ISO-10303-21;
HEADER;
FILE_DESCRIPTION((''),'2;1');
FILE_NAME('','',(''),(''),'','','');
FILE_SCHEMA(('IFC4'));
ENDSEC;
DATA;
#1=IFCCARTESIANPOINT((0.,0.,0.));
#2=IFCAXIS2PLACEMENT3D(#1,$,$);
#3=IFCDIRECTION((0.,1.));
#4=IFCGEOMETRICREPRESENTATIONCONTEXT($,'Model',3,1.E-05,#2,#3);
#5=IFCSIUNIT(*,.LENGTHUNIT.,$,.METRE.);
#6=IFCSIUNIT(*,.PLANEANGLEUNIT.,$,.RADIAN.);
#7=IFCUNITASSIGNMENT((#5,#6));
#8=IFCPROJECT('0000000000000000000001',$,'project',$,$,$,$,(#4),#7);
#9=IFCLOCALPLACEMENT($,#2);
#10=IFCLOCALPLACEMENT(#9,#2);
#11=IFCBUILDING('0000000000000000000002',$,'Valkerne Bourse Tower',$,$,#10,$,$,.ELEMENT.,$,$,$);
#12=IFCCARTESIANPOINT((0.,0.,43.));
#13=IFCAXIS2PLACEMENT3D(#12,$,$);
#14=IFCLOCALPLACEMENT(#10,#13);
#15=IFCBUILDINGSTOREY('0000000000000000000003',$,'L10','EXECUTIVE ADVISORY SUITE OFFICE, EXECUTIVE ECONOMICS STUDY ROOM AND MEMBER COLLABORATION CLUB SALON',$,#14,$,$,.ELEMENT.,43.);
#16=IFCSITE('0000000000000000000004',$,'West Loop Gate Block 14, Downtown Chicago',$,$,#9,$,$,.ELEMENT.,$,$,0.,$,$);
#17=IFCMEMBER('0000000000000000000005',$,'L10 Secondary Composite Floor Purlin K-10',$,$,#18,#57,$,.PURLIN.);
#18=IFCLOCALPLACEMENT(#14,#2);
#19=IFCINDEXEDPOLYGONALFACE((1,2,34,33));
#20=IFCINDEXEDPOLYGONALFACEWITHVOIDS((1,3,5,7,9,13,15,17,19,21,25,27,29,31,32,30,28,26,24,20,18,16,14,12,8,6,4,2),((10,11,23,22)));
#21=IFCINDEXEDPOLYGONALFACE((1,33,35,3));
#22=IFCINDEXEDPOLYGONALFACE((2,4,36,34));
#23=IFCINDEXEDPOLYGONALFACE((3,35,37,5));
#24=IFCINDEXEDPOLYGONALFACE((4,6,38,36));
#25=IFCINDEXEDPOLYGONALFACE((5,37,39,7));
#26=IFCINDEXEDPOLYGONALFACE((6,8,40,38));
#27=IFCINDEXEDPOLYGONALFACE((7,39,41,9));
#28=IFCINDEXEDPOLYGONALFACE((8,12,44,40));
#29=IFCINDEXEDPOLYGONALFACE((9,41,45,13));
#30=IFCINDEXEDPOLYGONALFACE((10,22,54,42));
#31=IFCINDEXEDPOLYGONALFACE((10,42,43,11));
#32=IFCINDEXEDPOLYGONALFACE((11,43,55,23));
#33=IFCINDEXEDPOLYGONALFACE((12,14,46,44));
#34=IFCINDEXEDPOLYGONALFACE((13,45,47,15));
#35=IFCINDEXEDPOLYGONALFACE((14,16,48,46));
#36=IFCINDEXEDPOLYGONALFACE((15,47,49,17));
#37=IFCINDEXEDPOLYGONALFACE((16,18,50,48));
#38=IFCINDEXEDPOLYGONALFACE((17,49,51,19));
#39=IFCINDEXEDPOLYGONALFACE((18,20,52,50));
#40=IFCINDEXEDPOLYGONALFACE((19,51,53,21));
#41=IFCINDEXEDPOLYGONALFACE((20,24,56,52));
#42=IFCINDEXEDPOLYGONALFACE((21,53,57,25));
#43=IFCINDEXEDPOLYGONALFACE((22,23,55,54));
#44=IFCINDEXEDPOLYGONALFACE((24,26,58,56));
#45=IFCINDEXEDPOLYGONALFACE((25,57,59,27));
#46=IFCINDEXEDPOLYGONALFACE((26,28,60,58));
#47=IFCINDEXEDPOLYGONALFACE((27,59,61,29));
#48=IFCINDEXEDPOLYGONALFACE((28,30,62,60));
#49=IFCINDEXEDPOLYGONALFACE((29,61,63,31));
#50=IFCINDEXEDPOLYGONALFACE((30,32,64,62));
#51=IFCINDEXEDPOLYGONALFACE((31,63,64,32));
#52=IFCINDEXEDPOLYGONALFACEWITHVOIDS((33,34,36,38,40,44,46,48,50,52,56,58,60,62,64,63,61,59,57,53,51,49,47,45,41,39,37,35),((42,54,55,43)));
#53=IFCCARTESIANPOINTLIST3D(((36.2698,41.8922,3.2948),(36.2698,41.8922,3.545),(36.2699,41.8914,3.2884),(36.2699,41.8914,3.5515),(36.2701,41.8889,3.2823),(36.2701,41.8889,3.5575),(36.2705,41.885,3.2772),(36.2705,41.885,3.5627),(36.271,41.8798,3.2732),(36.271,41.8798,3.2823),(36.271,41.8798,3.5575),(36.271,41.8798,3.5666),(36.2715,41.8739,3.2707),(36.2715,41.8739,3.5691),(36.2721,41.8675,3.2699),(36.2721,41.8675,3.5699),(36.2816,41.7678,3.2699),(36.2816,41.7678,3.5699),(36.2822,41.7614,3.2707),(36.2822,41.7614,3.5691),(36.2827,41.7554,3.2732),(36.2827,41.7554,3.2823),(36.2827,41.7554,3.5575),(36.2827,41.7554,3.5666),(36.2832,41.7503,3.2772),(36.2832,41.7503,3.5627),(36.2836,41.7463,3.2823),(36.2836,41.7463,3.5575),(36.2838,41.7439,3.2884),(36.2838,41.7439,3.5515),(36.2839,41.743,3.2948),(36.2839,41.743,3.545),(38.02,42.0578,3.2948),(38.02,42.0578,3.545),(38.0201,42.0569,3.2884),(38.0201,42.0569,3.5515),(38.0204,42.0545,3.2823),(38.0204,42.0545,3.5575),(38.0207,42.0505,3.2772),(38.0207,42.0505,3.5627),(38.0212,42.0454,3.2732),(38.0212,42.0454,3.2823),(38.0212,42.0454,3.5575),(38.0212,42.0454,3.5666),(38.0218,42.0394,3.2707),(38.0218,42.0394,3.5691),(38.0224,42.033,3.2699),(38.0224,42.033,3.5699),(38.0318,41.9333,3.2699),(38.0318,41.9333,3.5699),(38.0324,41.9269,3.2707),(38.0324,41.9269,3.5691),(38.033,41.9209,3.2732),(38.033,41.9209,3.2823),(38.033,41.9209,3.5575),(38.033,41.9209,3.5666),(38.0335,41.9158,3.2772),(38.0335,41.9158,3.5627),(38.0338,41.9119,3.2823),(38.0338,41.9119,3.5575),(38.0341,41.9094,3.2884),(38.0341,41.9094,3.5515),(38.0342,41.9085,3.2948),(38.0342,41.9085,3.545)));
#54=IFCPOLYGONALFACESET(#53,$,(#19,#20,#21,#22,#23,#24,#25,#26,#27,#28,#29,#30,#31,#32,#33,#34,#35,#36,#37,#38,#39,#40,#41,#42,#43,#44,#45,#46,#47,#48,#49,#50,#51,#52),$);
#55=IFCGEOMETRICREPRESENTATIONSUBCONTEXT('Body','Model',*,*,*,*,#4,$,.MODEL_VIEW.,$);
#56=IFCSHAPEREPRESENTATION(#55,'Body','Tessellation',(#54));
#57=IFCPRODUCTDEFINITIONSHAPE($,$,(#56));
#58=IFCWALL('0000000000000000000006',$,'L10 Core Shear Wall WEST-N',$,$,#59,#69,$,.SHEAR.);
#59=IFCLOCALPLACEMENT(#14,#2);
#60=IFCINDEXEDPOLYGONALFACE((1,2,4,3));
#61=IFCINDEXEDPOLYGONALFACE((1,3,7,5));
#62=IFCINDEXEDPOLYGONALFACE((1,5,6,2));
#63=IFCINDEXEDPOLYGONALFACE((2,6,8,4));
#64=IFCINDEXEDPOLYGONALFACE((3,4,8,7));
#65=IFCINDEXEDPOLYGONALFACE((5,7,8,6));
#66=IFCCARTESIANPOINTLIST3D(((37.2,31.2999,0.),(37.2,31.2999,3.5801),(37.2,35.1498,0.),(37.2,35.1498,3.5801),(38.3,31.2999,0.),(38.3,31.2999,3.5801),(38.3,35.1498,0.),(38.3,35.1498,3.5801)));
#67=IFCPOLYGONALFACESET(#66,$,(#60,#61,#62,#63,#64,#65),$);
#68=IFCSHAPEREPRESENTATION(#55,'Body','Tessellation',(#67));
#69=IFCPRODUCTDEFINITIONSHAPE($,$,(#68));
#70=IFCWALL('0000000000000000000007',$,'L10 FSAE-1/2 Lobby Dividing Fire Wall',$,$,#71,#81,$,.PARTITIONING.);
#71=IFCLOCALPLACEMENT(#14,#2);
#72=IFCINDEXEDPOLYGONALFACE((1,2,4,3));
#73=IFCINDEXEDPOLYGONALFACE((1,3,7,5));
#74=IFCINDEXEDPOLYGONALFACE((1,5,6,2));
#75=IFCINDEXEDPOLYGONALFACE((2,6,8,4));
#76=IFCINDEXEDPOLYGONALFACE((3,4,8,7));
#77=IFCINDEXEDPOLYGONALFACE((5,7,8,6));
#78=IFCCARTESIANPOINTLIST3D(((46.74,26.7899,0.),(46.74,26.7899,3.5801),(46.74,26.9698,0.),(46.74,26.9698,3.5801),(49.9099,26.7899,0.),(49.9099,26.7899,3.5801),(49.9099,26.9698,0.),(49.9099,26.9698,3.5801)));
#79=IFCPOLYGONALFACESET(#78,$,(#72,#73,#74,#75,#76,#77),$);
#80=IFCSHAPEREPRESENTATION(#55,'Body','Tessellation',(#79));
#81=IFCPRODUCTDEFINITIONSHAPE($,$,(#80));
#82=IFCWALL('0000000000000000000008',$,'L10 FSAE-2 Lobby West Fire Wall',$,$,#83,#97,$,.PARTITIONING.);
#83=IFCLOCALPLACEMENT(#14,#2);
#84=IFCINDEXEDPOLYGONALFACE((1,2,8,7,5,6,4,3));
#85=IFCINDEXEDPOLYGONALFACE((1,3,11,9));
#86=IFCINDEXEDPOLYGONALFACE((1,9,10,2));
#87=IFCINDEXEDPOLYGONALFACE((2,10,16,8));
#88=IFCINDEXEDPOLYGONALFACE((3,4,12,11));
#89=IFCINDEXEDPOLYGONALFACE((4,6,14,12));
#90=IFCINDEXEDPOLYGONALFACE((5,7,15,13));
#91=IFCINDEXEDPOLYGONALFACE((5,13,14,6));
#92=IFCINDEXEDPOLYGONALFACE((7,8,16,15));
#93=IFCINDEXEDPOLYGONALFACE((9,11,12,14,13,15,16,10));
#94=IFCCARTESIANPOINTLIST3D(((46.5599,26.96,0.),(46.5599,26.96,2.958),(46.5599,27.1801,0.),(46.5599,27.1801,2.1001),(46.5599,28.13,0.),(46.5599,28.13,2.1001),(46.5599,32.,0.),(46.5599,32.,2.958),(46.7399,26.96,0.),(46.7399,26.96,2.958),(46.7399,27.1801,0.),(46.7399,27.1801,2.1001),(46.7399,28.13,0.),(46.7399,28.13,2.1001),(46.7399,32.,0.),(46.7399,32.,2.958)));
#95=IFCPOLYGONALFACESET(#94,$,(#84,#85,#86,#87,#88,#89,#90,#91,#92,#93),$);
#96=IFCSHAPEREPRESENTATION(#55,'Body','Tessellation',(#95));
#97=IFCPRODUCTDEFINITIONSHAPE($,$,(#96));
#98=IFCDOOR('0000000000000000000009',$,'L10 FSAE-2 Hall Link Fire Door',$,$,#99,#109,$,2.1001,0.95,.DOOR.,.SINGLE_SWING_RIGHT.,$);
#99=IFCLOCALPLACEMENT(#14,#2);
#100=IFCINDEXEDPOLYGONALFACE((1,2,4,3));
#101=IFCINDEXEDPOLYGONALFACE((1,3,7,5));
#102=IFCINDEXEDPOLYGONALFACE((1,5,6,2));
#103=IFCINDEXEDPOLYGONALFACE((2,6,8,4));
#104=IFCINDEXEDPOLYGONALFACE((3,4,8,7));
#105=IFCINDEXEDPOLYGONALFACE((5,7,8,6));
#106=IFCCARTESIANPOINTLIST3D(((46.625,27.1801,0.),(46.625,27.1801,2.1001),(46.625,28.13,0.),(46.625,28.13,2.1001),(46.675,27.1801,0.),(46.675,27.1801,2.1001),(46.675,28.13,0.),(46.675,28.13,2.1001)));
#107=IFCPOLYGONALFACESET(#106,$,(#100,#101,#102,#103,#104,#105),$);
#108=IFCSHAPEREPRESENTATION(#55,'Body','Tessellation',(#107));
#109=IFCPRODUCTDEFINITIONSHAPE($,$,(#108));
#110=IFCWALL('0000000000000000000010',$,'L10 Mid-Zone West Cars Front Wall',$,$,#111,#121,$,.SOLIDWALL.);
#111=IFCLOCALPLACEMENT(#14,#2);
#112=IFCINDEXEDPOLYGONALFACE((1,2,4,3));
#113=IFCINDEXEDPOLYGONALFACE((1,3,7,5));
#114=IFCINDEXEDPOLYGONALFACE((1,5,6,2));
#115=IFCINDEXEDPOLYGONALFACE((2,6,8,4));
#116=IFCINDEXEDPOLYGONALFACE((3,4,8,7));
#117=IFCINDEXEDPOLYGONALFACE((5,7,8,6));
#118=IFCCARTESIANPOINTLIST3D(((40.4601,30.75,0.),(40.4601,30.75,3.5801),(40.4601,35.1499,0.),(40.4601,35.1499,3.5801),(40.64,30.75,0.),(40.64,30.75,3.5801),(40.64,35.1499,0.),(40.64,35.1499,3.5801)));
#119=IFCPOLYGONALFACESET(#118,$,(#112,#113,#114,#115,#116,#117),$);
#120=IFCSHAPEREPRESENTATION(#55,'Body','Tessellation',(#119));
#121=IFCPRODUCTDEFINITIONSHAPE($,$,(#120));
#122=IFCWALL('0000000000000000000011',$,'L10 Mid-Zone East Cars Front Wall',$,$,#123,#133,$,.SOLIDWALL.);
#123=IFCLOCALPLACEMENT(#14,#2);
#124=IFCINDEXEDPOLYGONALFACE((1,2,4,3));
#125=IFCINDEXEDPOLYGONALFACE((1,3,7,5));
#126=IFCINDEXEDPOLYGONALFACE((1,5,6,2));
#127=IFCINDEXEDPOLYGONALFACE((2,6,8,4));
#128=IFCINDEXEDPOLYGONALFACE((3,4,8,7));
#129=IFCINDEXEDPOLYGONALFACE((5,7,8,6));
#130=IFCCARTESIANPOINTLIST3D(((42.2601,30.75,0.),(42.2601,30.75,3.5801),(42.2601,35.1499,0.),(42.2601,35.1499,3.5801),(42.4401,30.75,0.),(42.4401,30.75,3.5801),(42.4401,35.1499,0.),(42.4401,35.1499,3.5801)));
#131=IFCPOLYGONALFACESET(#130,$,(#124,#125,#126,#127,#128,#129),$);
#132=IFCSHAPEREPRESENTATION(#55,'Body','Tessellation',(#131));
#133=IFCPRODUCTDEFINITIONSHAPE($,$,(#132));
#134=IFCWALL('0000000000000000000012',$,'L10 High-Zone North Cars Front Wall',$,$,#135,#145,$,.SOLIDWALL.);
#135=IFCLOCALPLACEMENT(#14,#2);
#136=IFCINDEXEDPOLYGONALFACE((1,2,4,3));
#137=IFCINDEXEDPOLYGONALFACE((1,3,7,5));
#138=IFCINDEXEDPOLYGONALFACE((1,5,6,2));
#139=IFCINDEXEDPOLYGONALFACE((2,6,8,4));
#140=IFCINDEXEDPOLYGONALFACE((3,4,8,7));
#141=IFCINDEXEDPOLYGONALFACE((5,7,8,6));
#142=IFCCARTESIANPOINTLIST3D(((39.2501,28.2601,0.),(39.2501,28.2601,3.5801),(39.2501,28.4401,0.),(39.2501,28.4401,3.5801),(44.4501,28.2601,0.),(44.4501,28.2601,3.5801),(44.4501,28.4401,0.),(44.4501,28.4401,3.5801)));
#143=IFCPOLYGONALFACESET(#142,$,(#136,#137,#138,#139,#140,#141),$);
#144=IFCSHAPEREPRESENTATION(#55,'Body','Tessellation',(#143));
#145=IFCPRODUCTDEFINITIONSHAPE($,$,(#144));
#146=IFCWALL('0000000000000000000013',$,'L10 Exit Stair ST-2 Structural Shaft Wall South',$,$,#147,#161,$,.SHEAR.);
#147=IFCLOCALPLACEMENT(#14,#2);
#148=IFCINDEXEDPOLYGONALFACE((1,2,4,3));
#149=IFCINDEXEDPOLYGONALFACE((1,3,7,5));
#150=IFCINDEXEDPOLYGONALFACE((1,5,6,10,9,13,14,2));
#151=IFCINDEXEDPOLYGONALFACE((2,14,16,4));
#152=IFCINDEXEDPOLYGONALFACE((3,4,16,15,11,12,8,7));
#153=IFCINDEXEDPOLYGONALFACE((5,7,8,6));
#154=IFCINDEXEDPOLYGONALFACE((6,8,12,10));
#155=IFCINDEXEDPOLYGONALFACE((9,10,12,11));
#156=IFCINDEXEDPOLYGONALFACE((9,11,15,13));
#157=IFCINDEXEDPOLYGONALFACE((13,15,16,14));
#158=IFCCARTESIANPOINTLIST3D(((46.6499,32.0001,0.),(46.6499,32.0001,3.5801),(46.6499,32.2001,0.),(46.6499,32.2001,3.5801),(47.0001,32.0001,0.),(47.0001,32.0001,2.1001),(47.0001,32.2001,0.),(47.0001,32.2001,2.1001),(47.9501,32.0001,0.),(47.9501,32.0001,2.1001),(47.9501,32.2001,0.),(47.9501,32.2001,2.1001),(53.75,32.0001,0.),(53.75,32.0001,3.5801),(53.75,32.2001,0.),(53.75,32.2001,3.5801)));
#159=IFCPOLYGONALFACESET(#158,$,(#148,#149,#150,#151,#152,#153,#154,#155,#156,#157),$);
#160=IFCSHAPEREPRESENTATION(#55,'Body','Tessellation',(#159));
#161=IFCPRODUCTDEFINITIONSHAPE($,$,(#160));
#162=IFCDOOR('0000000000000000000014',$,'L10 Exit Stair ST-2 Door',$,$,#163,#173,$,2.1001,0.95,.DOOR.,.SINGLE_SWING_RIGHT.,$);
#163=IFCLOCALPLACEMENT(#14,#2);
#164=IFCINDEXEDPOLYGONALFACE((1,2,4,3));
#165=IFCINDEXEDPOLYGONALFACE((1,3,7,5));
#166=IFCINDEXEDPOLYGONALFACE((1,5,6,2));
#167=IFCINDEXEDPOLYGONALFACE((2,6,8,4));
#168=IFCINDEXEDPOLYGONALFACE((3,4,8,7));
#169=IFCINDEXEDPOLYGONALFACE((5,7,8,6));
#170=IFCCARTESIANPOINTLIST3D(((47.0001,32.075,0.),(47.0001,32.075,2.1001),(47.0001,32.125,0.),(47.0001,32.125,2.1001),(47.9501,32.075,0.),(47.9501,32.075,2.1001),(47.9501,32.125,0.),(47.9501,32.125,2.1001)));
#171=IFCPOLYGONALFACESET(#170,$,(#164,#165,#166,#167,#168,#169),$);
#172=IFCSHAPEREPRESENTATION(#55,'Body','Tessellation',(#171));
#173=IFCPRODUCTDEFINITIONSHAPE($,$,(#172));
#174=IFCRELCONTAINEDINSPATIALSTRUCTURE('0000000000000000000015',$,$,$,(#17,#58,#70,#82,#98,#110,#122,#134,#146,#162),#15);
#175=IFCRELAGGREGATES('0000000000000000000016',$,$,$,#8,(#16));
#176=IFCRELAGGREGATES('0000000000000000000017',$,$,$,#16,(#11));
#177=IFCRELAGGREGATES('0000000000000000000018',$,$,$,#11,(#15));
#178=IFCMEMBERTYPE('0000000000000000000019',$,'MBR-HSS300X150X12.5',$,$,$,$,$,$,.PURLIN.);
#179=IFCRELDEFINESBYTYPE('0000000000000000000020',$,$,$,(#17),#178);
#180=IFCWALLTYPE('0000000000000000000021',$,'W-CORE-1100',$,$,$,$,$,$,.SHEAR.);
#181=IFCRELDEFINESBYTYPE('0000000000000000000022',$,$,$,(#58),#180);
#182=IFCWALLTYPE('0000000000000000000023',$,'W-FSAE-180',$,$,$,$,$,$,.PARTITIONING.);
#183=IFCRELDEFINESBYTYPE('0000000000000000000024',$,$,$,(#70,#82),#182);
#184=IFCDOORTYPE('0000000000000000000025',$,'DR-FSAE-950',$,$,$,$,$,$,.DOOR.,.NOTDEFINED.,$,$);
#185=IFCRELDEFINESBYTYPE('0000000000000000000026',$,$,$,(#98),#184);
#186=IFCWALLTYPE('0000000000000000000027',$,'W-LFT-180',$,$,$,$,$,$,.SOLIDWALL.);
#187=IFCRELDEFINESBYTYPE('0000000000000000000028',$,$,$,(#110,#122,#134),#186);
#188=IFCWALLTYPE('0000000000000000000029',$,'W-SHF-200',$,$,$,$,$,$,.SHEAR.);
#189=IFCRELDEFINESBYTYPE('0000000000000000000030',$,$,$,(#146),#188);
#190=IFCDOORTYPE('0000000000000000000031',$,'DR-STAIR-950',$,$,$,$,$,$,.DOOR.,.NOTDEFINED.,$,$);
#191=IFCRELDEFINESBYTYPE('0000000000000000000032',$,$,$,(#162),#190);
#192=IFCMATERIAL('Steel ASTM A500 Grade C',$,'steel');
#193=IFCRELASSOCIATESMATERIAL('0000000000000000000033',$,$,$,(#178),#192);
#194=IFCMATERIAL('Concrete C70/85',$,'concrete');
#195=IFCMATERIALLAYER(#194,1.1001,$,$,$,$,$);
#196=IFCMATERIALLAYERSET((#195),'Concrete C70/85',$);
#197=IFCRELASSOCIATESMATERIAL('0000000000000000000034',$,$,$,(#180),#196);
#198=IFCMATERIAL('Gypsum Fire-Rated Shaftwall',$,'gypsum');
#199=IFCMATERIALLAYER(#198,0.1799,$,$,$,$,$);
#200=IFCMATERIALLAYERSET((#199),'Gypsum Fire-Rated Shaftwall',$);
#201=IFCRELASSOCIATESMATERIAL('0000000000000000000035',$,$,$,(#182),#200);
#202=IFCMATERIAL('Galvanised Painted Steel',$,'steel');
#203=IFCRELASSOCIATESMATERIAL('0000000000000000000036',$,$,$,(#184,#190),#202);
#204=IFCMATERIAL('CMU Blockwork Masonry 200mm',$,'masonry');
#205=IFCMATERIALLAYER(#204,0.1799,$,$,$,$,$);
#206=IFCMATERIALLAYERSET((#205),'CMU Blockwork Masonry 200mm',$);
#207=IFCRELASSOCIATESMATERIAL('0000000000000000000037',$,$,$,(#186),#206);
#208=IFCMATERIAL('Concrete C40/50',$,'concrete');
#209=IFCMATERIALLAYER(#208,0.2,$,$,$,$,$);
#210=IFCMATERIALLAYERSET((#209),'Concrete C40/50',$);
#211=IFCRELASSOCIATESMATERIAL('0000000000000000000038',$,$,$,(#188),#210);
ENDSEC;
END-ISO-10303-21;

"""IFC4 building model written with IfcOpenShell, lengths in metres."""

from ifc_helpers import new_model, si_unit, direction, frame, frame_2d, origin, origin_2d, place, context, subcontext, project, spatial, rectangle, hollow_rectangle, extrude, material, layer, layer_set, material_profile, profile_set, type_object, element, fill, save


model = new_model("IFC4")

# Units and contexts
model_context = context("Model", 3, precision=1e-05, world=origin(), true_north=direction((0.0, 1.0)))
body_context = subcontext(model_context, "Body", "Model", "MODEL_VIEW")
ifc_project = project(units=[si_unit("LENGTHUNIT", "METRE"), si_unit("PLANEANGLEUNIT", "RADIAN")], contexts=[model_context])

# Site, building, storey
site_placement = place(None, origin())
site = spatial("IfcSite", under=ifc_project, at=site_placement, Name="West Loop Gate Block 14, Downtown Chicago", CompositionType="ELEMENT", RefElevation=0.0)
building_placement = place(site_placement, origin())
building = spatial("IfcBuilding", under=site, at=building_placement, Name="Valkerne Bourse Tower", CompositionType="ELEMENT")
storey_placement = place(building_placement, frame((0.0, 0.0, 43.0)))
storey = spatial("IfcBuildingStorey", under=building, at=storey_placement, Name="L10", Description="EXECUTIVE ADVISORY SUITE OFFICE, EXECUTIVE ECONOMICS STUDY ROOM AND MEMBER COLLABORATION CLUB SALON", CompositionType="ELEMENT", Elevation=43.0)

# Member
ifc_material_1 = material(Name="Steel ASTM A500 Grade C", Category="steel")
ifc_material_profile_1 = material_profile(ifc_material_1, hollow_rectangle(XDim=0.1499, YDim=0.3, WallThickness=0.0125, OuterFilletRadius=0.0249, at=origin_2d()), Name="HSS300X150X12.5")
ifc_profile_set_1 = profile_set([ifc_material_profile_1], Name="Steel ASTM A500 Grade C")
member_type = type_object("IfcMemberType", Name="MBR-HSS300X150X12.5", PredefinedType="PURLIN", material=ifc_profile_set_1)
member_placement = place(storey_placement, frame((38.0271, 41.9832, 3.4199), z_axis=(-0.995558, -0.094154, 0.0), x_axis=(0.094154, -0.995558, 0.0)))
element("IfcMember", 1, at=member_placement, inside=storey, type_object=member_type, Name="L10 Secondary Composite Floor Purlin K-10", PredefinedType="PURLIN", context=body_context, shape_type="SweptSolid", body=[
    extrude(hollow_rectangle(XDim=0.1499, YDim=0.3, WallThickness=0.0125, OuterFilletRadius=0.0249, at=origin_2d()), origin(), (0.0, 0.0, 1.0), 1.7581),
])

# Shared definitions
ifc_material_2 = material(Name="Concrete C70/85", Category="concrete")
ifc_layer_1 = layer(ifc_material_2, 1.1001)
ifc_layer_set_1 = layer_set([ifc_layer_1], Name="Concrete C70/85")
wall_type_1 = type_object("IfcWallType", Name="W-CORE-1100", PredefinedType="SHEAR", material=ifc_layer_set_1)
ifc_material_3 = material(Name="Galvanised Painted Steel", Category="steel")

# Walls
wall_1_placement = place(storey_placement, frame((37.75, 31.3, 0.0), z_axis=(0.0, 0.0, 1.0), x_axis=(0.0, 1.0, 0.0)))
element("IfcWall", 2, at=wall_1_placement, inside=storey, type_object=wall_type_1, Name="L10 Core Shear Wall WEST-N", PredefinedType="SHEAR", context=body_context, shape_type="SweptSolid", body=[
    extrude(rectangle(XDim=3.8499, YDim=1.1001, at=frame_2d((1.9248, 0.0))), origin(), (0.0, 0.0, 1.0), 3.5801),
])
ifc_material_4 = material(Name="Gypsum Fire-Rated Shaftwall", Category="gypsum")
ifc_layer_2 = layer(ifc_material_4, 0.1799)
ifc_layer_set_2 = layer_set([ifc_layer_2], Name="Gypsum Fire-Rated Shaftwall")
wall_type_2 = type_object("IfcWallType", Name="W-FSAE-180", PredefinedType="PARTITIONING", material=ifc_layer_set_2)
wall_2_placement = place(storey_placement, frame((46.74, 26.8799, 0.0), z_axis=(0.0, 0.0, 1.0), x_axis=(1.0, 0.0, 0.0)))
element("IfcWall", 3, at=wall_2_placement, inside=storey, type_object=wall_type_2, Name="L10 FSAE-1/2 Lobby Dividing Fire Wall", PredefinedType="PARTITIONING", context=body_context, shape_type="SweptSolid", body=[
    extrude(rectangle(XDim=3.1699, YDim=0.1799, at=frame_2d((1.585, 0.0))), origin(), (0.0, 0.0, 1.0), 3.5801),
])

# Wall, opening, door
wall_3_placement = place(storey_placement, frame((46.6499, 26.96, 0.0), z_axis=(0.0, 0.0, 1.0), x_axis=(0.0, 1.0, 0.0)))
wall_3 = element("IfcWall", 4, at=wall_3_placement, inside=storey, type_object=wall_type_2, Name="L10 FSAE-2 Lobby West Fire Wall", PredefinedType="PARTITIONING", context=body_context, shape_type="SweptSolid", body=[
    extrude(rectangle(XDim=5.04, YDim=0.1799, at=frame_2d((2.52, 0.0))), origin(), (0.0, 0.0, 1.0), 2.958),
])
opening_1_placement = place(wall_3_placement, frame((0.22, 0.0, 0.0)))
opening_1 = element("IfcOpeningElement", 5, at=opening_1_placement, cuts=wall_3, PredefinedType="OPENING", context=body_context, shape_type="SweptSolid", body=[
    extrude(rectangle(XDim=0.95, YDim=2.1001, at=frame_2d((0.4751, 1.05))), frame((0.0, 0.0999, 0.0), z_axis=(0.0, -1.0, 0.0), x_axis=(1.0, 0.0, 0.0)), (0.0, 0.0, 1.0), 0.2),
])
door_type_1 = type_object("IfcDoorType", Name="DR-FSAE-950", OperationType="NOTDEFINED", PredefinedType="DOOR", material=ifc_material_3)
door_1_placement = place(opening_1_placement, origin())
door_1 = element("IfcDoor", 6, at=door_1_placement, inside=storey, type_object=door_type_1, Name="L10 FSAE-2 Hall Link Fire Door", OperationType="SINGLE_SWING_RIGHT", OverallHeight=2.1001, OverallWidth=0.95, PredefinedType="DOOR", context=body_context, shape_type="SweptSolid", body=[
    extrude(rectangle(XDim=0.95, YDim=2.1001, at=frame_2d((0.4751, 1.05))), frame((0.0, 0.0249, 0.0), z_axis=(0.0, -1.0, 0.0), x_axis=(1.0, 0.0, 0.0)), (0.0, 0.0, 1.0), 0.05),
])
fill(opening_1, door_1)

# Walls
ifc_material_5 = material(Name="CMU Blockwork Masonry 200mm", Category="masonry")
ifc_layer_3 = layer(ifc_material_5, 0.1799)
ifc_layer_set_3 = layer_set([ifc_layer_3], Name="CMU Blockwork Masonry 200mm")
wall_type_3 = type_object("IfcWallType", Name="W-LFT-180", PredefinedType="SOLIDWALL", material=ifc_layer_set_3)
for number, where, z_axis, x_axis, name in (
    (7, (40.55, 30.75, 0.0), (0.0, 0.0, 1.0), (0.0, 1.0, 0.0), "L10 Mid-Zone West Cars Front Wall"),
    (8, (42.3501, 30.75, 0.0), (0.0, 0.0, 1.0), (0.0, 1.0, 0.0), "L10 Mid-Zone East Cars Front Wall"),
):
    element("IfcWall", number, at=place(storey_placement, frame(where, z_axis=z_axis, x_axis=x_axis)), inside=storey, type_object=wall_type_3, Name=name, PredefinedType="SOLIDWALL", context=body_context, shape_type="SweptSolid", body=[
        extrude(rectangle(XDim=4.3999, YDim=0.1799, at=frame_2d((2.2, 0.0))), origin(), (0.0, 0.0, 1.0), 3.5801),
    ])
wall_4_placement = place(storey_placement, frame((39.25, 28.3501, 0.0), z_axis=(0.0, 0.0, 1.0), x_axis=(1.0, 0.0, 0.0)))
element("IfcWall", 9, at=wall_4_placement, inside=storey, type_object=wall_type_3, Name="L10 High-Zone North Cars Front Wall", PredefinedType="SOLIDWALL", context=body_context, shape_type="SweptSolid", body=[
    extrude(rectangle(XDim=5.2, YDim=0.1799, at=frame_2d((2.6001, 0.0))), origin(), (0.0, 0.0, 1.0), 3.5801),
])

# Wall, opening, door
ifc_material_6 = material(Name="Concrete C40/50", Category="concrete")
ifc_layer_4 = layer(ifc_material_6, 0.2)
ifc_layer_set_4 = layer_set([ifc_layer_4], Name="Concrete C40/50")
wall_type_4 = type_object("IfcWallType", Name="W-SHF-200", PredefinedType="SHEAR", material=ifc_layer_set_4)
wall_5_placement = place(storey_placement, frame((46.6499, 32.1001, 0.0), z_axis=(0.0, 0.0, 1.0), x_axis=(1.0, 0.0, 0.0)))
wall_5 = element("IfcWall", 10, at=wall_5_placement, inside=storey, type_object=wall_type_4, Name="L10 Exit Stair ST-2 Structural Shaft Wall South", PredefinedType="SHEAR", context=body_context, shape_type="SweptSolid", body=[
    extrude(rectangle(XDim=7.1001, YDim=0.2, at=frame_2d((3.55, 0.0))), origin(), (0.0, 0.0, 1.0), 3.5801),
])
opening_2_placement = place(wall_5_placement, frame((0.3501, 0.0, 0.0)))
opening_2 = element("IfcOpeningElement", 11, at=opening_2_placement, cuts=wall_5, PredefinedType="OPENING", context=body_context, shape_type="SweptSolid", body=[
    extrude(rectangle(XDim=0.95, YDim=2.1001, at=frame_2d((0.4751, 1.05))), frame((0.0, 0.1099, 0.0), z_axis=(0.0, -1.0, 0.0), x_axis=(1.0, 0.0, 0.0)), (0.0, 0.0, 1.0), 0.22),
])
door_type_2 = type_object("IfcDoorType", Name="DR-STAIR-950", OperationType="NOTDEFINED", PredefinedType="DOOR", material=ifc_material_3)
door_2_placement = place(opening_2_placement, origin())
door_2 = element("IfcDoor", 12, at=door_2_placement, inside=storey, type_object=door_type_2, Name="L10 Exit Stair ST-2 Door", OperationType="SINGLE_SWING_RIGHT", OverallHeight=2.1001, OverallWidth=0.95, PredefinedType="DOOR", context=body_context, shape_type="SweptSolid", body=[
    extrude(rectangle(XDim=0.95, YDim=2.1001, at=frame_2d((0.4751, 1.05))), frame((0.0, 0.0249, 0.0), z_axis=(0.0, -1.0, 0.0), x_axis=(1.0, 0.0, 0.0)), (0.0, 0.0, 1.0), 0.05),
])
fill(opening_2, door_2)

save(model, "model.ifc")
